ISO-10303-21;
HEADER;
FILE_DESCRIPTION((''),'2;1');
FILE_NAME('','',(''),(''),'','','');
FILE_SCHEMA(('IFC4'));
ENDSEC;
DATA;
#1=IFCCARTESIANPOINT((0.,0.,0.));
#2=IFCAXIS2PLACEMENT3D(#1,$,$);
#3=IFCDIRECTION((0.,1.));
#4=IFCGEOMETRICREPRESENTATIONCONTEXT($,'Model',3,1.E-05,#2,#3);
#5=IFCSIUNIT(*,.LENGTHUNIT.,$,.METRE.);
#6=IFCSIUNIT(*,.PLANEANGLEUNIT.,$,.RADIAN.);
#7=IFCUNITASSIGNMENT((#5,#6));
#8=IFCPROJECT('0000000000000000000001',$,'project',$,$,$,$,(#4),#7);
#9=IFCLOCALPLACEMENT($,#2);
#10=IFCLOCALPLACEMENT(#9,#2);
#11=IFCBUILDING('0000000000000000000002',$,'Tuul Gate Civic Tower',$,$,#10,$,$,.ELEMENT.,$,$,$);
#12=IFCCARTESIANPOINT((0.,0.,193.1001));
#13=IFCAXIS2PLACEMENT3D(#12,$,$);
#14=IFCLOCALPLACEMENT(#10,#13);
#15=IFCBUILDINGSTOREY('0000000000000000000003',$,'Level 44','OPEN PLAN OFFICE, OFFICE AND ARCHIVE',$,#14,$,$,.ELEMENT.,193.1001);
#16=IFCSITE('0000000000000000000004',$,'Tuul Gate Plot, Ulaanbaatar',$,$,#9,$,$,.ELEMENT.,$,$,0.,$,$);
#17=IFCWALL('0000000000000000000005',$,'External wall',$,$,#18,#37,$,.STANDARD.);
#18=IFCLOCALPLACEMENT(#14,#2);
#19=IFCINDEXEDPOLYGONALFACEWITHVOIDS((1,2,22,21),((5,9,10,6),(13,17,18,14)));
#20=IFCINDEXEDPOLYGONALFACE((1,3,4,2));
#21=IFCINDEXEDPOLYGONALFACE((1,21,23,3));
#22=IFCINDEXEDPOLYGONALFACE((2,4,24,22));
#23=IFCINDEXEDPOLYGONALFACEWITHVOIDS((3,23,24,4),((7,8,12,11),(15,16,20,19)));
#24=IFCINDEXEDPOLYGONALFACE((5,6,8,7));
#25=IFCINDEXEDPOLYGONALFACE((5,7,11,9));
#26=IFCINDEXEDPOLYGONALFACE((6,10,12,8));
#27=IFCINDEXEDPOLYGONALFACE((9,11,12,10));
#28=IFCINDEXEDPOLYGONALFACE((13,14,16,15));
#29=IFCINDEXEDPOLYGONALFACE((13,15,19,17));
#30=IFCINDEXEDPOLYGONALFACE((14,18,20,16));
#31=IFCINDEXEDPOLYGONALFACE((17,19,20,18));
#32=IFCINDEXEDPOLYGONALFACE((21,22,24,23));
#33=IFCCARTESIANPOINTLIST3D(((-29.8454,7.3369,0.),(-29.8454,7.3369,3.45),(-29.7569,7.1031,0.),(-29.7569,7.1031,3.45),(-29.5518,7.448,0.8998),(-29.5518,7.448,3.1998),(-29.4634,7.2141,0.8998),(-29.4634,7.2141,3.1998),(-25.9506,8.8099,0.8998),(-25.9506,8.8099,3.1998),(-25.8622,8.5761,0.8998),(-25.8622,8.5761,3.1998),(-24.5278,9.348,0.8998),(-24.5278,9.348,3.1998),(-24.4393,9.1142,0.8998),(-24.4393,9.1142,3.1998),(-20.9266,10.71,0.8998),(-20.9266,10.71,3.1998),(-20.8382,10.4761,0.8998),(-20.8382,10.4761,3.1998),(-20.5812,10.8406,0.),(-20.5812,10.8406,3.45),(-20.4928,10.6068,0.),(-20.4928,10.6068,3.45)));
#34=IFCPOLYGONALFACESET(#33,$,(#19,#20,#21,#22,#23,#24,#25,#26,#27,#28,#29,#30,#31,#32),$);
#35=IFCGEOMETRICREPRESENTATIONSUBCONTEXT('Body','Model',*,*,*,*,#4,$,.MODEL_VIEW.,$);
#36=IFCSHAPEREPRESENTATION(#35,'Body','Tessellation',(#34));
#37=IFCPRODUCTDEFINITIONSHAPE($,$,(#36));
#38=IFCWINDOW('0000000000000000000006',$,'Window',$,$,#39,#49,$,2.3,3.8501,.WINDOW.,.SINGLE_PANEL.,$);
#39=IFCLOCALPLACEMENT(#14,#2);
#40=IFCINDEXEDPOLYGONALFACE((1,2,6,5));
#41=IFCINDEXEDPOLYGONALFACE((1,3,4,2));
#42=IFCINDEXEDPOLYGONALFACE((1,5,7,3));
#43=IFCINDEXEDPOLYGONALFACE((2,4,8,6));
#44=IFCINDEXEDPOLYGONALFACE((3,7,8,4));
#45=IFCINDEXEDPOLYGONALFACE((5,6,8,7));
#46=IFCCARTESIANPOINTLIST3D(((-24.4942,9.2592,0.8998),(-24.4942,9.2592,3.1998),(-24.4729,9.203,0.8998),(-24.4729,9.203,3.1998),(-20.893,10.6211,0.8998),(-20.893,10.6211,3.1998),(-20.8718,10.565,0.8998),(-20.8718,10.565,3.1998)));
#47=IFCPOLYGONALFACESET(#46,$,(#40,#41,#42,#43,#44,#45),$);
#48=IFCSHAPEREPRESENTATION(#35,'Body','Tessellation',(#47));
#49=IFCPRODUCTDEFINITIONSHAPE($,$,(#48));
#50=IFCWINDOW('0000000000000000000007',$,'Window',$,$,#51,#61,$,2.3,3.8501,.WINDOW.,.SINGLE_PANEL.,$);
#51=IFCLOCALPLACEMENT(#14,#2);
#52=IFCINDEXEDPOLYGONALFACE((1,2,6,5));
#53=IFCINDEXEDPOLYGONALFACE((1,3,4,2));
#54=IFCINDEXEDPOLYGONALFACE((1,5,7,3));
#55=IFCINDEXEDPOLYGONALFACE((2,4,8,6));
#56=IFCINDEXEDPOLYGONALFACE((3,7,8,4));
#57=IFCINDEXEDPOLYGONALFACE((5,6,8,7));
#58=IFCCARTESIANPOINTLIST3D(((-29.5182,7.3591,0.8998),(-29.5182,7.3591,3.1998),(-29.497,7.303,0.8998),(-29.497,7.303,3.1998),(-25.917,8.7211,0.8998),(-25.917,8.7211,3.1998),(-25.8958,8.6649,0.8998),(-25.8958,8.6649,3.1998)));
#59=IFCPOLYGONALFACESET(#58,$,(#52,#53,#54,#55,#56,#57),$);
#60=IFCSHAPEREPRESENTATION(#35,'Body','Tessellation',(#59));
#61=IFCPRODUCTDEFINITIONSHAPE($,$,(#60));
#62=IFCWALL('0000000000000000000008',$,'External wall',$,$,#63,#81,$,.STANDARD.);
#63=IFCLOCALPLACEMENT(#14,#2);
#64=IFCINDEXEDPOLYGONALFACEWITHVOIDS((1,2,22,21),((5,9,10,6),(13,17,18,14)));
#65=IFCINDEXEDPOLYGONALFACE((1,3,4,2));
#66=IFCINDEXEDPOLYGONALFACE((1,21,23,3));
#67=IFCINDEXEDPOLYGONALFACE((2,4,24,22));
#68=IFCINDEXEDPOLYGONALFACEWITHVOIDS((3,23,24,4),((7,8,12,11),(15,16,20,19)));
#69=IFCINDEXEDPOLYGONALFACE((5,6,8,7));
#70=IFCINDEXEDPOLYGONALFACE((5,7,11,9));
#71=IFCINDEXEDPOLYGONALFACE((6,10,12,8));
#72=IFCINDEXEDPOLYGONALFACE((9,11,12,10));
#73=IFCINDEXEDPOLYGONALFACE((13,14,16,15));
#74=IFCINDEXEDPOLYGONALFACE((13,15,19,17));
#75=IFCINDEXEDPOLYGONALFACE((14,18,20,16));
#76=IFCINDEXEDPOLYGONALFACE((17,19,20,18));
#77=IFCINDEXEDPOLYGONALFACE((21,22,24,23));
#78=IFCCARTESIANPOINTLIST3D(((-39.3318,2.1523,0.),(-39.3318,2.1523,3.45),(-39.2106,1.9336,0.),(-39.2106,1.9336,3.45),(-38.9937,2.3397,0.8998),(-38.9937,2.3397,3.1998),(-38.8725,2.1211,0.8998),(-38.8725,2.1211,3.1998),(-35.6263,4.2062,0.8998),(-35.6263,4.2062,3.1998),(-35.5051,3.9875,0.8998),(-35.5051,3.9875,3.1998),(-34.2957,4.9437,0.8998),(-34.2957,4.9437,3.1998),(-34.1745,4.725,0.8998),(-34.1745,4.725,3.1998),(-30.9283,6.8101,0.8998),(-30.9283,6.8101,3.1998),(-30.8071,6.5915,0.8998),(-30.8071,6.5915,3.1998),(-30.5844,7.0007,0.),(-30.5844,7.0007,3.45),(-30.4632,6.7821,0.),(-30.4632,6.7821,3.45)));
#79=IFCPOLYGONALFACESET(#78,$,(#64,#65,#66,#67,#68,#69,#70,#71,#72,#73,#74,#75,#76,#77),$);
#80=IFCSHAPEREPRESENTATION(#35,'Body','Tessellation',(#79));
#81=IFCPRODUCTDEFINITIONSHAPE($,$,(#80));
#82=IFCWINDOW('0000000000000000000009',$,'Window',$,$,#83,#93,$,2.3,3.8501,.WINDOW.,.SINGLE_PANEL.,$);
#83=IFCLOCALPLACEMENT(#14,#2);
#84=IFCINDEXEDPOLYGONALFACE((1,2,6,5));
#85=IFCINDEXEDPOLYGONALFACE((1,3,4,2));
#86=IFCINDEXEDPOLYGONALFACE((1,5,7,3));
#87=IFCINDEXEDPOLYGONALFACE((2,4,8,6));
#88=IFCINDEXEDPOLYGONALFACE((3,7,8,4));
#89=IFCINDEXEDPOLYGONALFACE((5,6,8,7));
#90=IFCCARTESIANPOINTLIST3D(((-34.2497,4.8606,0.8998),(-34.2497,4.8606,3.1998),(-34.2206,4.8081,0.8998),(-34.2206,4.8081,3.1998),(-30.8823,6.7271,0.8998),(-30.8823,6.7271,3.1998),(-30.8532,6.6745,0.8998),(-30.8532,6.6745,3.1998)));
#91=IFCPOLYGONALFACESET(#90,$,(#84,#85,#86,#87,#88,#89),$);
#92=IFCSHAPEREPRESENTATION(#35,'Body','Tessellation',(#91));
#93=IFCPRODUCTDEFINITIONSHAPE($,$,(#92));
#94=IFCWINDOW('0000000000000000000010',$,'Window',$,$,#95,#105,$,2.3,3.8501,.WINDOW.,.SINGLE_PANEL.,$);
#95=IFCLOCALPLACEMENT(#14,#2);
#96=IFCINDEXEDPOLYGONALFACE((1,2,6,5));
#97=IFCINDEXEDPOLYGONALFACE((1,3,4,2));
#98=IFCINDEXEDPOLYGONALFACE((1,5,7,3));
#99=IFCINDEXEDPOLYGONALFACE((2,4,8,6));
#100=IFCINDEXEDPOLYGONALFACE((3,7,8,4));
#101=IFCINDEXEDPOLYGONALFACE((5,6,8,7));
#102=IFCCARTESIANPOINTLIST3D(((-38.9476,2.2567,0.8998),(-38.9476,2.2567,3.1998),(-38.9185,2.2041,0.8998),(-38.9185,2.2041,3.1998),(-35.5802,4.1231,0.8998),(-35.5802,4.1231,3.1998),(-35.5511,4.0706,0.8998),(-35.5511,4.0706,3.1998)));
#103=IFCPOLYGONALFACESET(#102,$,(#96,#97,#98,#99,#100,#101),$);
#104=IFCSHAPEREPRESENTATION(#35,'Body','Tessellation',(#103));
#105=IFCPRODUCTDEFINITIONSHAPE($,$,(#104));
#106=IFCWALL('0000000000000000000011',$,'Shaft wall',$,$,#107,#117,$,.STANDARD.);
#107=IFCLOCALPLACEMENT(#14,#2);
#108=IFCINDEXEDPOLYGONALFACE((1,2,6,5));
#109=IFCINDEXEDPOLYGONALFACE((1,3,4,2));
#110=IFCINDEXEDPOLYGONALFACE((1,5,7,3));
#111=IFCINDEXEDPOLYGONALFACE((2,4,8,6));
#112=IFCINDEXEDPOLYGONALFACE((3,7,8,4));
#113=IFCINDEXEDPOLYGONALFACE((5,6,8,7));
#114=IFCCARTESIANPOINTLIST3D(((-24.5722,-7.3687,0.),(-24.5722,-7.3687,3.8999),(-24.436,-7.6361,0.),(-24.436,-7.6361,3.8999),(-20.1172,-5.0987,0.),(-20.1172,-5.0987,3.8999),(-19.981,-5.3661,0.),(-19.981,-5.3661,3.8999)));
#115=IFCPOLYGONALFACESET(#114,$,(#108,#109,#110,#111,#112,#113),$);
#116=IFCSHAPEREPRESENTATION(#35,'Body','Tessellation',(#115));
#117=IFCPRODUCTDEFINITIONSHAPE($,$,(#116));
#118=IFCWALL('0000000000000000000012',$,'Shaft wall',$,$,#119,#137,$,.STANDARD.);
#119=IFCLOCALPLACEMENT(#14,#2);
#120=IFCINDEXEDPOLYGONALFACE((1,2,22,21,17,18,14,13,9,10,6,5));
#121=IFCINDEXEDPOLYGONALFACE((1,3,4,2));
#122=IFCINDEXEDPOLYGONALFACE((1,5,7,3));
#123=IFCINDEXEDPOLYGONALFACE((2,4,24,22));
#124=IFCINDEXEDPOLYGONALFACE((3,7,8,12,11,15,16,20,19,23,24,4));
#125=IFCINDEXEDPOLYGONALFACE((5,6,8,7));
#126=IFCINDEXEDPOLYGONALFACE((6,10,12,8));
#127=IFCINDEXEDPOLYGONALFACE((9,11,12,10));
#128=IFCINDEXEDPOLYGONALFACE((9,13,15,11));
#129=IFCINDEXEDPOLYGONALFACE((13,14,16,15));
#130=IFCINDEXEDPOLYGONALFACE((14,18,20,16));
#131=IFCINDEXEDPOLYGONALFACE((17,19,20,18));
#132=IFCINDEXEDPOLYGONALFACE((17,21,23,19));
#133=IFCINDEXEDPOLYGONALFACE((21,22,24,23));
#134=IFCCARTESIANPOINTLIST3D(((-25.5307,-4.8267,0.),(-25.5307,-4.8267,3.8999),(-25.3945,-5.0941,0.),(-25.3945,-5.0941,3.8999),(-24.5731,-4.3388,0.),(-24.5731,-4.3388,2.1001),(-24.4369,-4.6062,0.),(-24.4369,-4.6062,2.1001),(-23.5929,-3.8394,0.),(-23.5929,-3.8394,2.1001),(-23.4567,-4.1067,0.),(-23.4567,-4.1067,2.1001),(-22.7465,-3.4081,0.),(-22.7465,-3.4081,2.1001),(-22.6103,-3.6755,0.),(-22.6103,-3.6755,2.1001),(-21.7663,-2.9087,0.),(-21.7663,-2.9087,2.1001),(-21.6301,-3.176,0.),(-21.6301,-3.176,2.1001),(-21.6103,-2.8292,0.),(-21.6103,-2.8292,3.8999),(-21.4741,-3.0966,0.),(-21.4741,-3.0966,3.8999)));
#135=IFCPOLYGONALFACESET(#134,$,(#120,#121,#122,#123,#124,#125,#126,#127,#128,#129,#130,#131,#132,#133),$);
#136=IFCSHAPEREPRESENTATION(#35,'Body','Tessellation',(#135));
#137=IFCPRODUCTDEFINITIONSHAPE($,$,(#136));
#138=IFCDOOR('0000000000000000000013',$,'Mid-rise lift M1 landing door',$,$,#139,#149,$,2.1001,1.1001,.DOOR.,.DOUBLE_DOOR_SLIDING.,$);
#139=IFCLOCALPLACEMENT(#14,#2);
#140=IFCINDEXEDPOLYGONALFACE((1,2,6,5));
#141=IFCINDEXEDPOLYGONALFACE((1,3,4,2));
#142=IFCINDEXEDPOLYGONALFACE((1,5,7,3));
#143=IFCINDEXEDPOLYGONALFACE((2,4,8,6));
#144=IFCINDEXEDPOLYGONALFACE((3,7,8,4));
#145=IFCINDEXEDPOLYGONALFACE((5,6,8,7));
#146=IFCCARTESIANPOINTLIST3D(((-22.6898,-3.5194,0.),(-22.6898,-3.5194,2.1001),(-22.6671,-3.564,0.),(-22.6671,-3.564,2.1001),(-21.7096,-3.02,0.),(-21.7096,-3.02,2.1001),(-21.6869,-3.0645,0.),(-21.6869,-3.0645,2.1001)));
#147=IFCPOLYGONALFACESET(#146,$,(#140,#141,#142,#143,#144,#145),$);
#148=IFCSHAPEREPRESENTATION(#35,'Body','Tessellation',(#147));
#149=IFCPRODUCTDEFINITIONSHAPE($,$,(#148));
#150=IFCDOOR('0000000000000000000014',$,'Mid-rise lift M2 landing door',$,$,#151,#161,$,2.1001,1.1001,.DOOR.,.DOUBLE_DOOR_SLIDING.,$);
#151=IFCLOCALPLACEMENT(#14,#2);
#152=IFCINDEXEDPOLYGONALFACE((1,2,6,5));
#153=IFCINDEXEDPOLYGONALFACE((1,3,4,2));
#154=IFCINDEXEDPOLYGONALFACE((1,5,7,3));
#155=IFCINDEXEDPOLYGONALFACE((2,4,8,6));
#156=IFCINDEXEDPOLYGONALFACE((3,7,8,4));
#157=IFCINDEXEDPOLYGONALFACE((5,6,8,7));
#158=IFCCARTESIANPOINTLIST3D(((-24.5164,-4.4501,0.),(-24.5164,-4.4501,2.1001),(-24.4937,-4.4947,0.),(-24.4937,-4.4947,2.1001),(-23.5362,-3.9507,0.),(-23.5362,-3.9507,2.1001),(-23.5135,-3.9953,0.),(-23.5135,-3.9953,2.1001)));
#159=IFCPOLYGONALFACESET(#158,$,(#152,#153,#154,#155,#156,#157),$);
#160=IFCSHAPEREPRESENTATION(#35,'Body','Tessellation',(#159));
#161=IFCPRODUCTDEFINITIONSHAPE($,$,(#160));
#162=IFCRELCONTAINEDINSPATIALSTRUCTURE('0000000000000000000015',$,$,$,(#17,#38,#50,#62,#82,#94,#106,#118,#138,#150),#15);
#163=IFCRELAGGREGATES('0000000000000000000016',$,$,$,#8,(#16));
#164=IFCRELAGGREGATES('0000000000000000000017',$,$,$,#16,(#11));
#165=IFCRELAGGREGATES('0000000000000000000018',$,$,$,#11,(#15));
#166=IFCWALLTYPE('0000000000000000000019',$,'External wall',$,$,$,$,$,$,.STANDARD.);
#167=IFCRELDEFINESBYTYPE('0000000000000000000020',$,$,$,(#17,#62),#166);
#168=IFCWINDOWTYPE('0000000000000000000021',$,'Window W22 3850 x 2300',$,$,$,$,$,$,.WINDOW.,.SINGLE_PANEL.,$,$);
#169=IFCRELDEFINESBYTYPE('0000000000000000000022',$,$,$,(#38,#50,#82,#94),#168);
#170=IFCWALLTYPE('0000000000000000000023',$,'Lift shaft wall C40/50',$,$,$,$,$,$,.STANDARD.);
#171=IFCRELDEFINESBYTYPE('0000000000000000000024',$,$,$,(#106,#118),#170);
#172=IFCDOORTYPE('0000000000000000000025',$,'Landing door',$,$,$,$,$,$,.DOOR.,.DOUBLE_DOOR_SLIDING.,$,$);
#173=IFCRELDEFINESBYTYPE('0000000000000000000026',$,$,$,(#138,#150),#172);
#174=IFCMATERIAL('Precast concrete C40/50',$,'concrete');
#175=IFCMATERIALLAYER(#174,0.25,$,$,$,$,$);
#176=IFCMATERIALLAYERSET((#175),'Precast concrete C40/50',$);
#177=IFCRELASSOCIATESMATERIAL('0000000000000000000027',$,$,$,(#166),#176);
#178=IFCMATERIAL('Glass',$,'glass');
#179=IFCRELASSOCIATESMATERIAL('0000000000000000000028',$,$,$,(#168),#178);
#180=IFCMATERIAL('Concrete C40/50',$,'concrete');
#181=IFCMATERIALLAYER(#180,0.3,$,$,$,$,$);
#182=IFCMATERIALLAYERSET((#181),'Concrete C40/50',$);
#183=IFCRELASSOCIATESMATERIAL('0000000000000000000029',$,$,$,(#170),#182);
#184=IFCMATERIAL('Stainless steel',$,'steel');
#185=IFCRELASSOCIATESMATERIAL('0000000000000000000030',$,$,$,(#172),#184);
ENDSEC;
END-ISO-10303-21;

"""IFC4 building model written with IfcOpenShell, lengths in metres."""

from ifc_helpers import new_model, si_unit, direction, frame, frame_2d, origin, place, context, subcontext, project, spatial, rectangle, extrude, material, layer, layer_set, type_object, element, fill, save


model = new_model("IFC4")

# Units and contexts
model_context = context("Model", 3, precision=1e-05, world=origin(), true_north=direction((0.0, 1.0)))
body_context = subcontext(model_context, "Body", "Model", "MODEL_VIEW")
ifc_project = project(units=[si_unit("LENGTHUNIT", "METRE"), si_unit("PLANEANGLEUNIT", "RADIAN")], contexts=[model_context])

# Site, building, storey
site_placement = place(None, origin())
site = spatial("IfcSite", under=ifc_project, at=site_placement, Name="Tuul Gate Plot, Ulaanbaatar", CompositionType="ELEMENT", RefElevation=0.0)
building_placement = place(site_placement, origin())
building = spatial("IfcBuilding", under=site, at=building_placement, Name="Tuul Gate Civic Tower", CompositionType="ELEMENT")
storey_placement = place(building_placement, frame((0.0, 0.0, 193.1001)))
storey = spatial("IfcBuildingStorey", under=building, at=storey_placement, Name="Level 44", Description="OPEN PLAN OFFICE, OFFICE AND ARCHIVE", CompositionType="ELEMENT", Elevation=193.1001)

# Walls, openings, windows
ifc_material_1 = material(Name="Precast concrete C40/50", Category="concrete")
ifc_layer_1 = layer(ifc_material_1, 0.25)
ifc_layer_set_1 = layer_set([ifc_layer_1], Name="Precast concrete C40/50")
wall_type_1 = type_object("IfcWallType", Name="External wall", PredefinedType="STANDARD", material=ifc_layer_set_1)
wall_1_placement = place(storey_placement, frame((-20.5371, 10.7236, 0.0), z_axis=(0.0, 0.0, 1.0), x_axis=(-0.935343, -0.353742, 0.0)))
wall_1 = element("IfcWall", 1, at=wall_1_placement, inside=storey, type_object=wall_type_1, Name="External wall", PredefinedType="STANDARD", context=body_context, shape_type="SweptSolid", body=[
    extrude(rectangle(XDim=9.9045, YDim=0.25, at=frame_2d((4.9521, 0.0))), origin(), (0.0, 0.0, 1.0), 3.45),
])
opening_1_placement = place(wall_1_placement, frame((0.3691, 0.0, 0.8999)))
opening_1 = element("IfcOpeningElement", 2, at=opening_1_placement, cuts=wall_1, PredefinedType="OPENING", context=body_context, shape_type="SweptSolid", body=[
    extrude(rectangle(XDim=3.8501, YDim=2.3, at=frame_2d((1.925, 1.1499))), frame((0.0, 0.135, 0.0), z_axis=(0.0, -1.0, 0.0), x_axis=(1.0, 0.0, 0.0)), (0.0, 0.0, 1.0), 0.27),
])
opening_2_placement = place(wall_1_placement, frame((5.7405, 0.0, 0.8999)))
opening_2 = element("IfcOpeningElement", 3, at=opening_2_placement, cuts=wall_1, PredefinedType="OPENING", context=body_context, shape_type="SweptSolid", body=[
    extrude(rectangle(XDim=3.8501, YDim=2.3, at=frame_2d((1.925, 1.1499))), frame((0.0, 0.135, 0.0), z_axis=(0.0, -1.0, 0.0), x_axis=(1.0, 0.0, 0.0)), (0.0, 0.0, 1.0), 0.27),
])
ifc_material_2 = material(Name="Glass", Category="glass")
window_type = type_object("IfcWindowType", Name="Window W22 3850 x 2300", PartitioningType="SINGLE_PANEL", PredefinedType="WINDOW", material=ifc_material_2)
window_1_placement = place(opening_1_placement, origin())
window_1 = element("IfcWindow", 4, at=window_1_placement, inside=storey, type_object=window_type, Name="Window", OverallHeight=2.3, OverallWidth=3.8501, PartitioningType="SINGLE_PANEL", PredefinedType="WINDOW", context=body_context, shape_type="SweptSolid", body=[
    extrude(rectangle(XDim=3.8501, YDim=2.3, at=frame_2d((1.925, 1.1499))), frame((0.0, 0.03, 0.0), z_axis=(0.0, -1.0, 0.0), x_axis=(1.0, 0.0, 0.0)), (0.0, 0.0, 1.0), 0.0601),
])
fill(opening_1, window_1)
window_2_placement = place(opening_2_placement, origin())
window_2 = element("IfcWindow", 5, at=window_2_placement, inside=storey, type_object=window_type, Name="Window", OverallHeight=2.3, OverallWidth=3.8501, PartitioningType="SINGLE_PANEL", PredefinedType="WINDOW", context=body_context, shape_type="SweptSolid", body=[
    extrude(rectangle(XDim=3.8501, YDim=2.3, at=frame_2d((1.925, 1.1499))), frame((0.0, 0.03, 0.0), z_axis=(0.0, -1.0, 0.0), x_axis=(1.0, 0.0, 0.0)), (0.0, 0.0, 1.0), 0.0601),
])
fill(opening_2, window_2)
wall_2_placement = place(storey_placement, frame((-30.5239, 6.8914, 0.0), z_axis=(0.0, 0.0, 1.0), x_axis=(-0.874634, -0.484785, 0.0)))
wall_2 = element("IfcWall", 6, at=wall_2_placement, inside=storey, type_object=wall_type_1, Name="External wall", PredefinedType="STANDARD", context=body_context, shape_type="SweptSolid", body=[
    extrude(rectangle(XDim=10.0012, YDim=0.25, at=frame_2d((5.0005, 0.0))), origin(), (0.0, 0.0, 1.0), 3.45),
])
opening_3_placement = place(wall_2_placement, frame((0.3931, 0.0, 0.8999)))
opening_3 = element("IfcOpeningElement", 7, at=opening_3_placement, cuts=wall_2, PredefinedType="OPENING", context=body_context, shape_type="SweptSolid", body=[
    extrude(rectangle(XDim=3.8501, YDim=2.3, at=frame_2d((1.925, 1.1499))), frame((0.0, 0.135, 0.0), z_axis=(0.0, -1.0, 0.0), x_axis=(1.0, 0.0, 0.0)), (0.0, 0.0, 1.0), 0.27),
])
opening_4_placement = place(wall_2_placement, frame((5.7644, 0.0, 0.8999)))
opening_4 = element("IfcOpeningElement", 8, at=opening_4_placement, cuts=wall_2, PredefinedType="OPENING", context=body_context, shape_type="SweptSolid", body=[
    extrude(rectangle(XDim=3.8501, YDim=2.3, at=frame_2d((1.925, 1.1499))), frame((0.0, 0.135, 0.0), z_axis=(0.0, -1.0, 0.0), x_axis=(1.0, 0.0, 0.0)), (0.0, 0.0, 1.0), 0.27),
])
window_3_placement = place(opening_3_placement, origin())
window_3 = element("IfcWindow", 9, at=window_3_placement, inside=storey, type_object=window_type, Name="Window", OverallHeight=2.3, OverallWidth=3.8501, PartitioningType="SINGLE_PANEL", PredefinedType="WINDOW", context=body_context, shape_type="SweptSolid", body=[
    extrude(rectangle(XDim=3.8501, YDim=2.3, at=frame_2d((1.925, 1.1499))), frame((0.0, 0.03, 0.0), z_axis=(0.0, -1.0, 0.0), x_axis=(1.0, 0.0, 0.0)), (0.0, 0.0, 1.0), 0.0601),
])
fill(opening_3, window_3)
window_4_placement = place(opening_4_placement, origin())
window_4 = element("IfcWindow", 10, at=window_4_placement, inside=storey, type_object=window_type, Name="Window", OverallHeight=2.3, OverallWidth=3.8501, PartitioningType="SINGLE_PANEL", PredefinedType="WINDOW", context=body_context, shape_type="SweptSolid", body=[
    extrude(rectangle(XDim=3.8501, YDim=2.3, at=frame_2d((1.925, 1.1499))), frame((0.0, 0.03, 0.0), z_axis=(0.0, -1.0, 0.0), x_axis=(1.0, 0.0, 0.0)), (0.0, 0.0, 1.0), 0.0601),
])
fill(opening_4, window_4)

# Wall
ifc_material_3 = material(Name="Concrete C40/50", Category="concrete")
ifc_layer_2 = layer(ifc_material_3, 0.3)
ifc_layer_set_2 = layer_set([ifc_layer_2], Name="Concrete C40/50")
wall_type_2 = type_object("IfcWallType", Name="Lift shaft wall C40/50", PredefinedType="STANDARD", material=ifc_layer_set_2)
wall_3_placement = place(storey_placement, frame((-20.0491, -5.2324, 0.0), z_axis=(0.0, 0.0, 1.0), x_axis=(-0.891003, -0.453997, 0.0)))
element("IfcWall", 11, at=wall_3_placement, inside=storey, type_object=wall_type_2, Name="Shaft wall", PredefinedType="STANDARD", context=body_context, shape_type="SweptSolid", body=[
    extrude(rectangle(XDim=5.0, YDim=0.3, at=frame_2d((2.5, 0.0))), origin(), (0.0, 0.0, 1.0), 3.8999),
])

# Wall, openings, doors
wall_4_placement = place(storey_placement, frame((-21.5422, -2.9629, 0.0), z_axis=(0.0, 0.0, 1.0), x_axis=(-0.891006, -0.453992, 0.0)))
wall_4 = element("IfcWall", 12, at=wall_4_placement, inside=storey, type_object=wall_type_2, Name="Shaft wall", PredefinedType="STANDARD", context=body_context, shape_type="SweptSolid", body=[
    extrude(rectangle(XDim=4.3999, YDim=0.3, at=frame_2d((2.2, 0.0))), origin(), (0.0, 0.0, 1.0), 3.8999),
])
opening_5_placement = place(wall_4_placement, frame((0.175, 0.0, 0.0)))
opening_5 = element("IfcOpeningElement", 13, at=opening_5_placement, cuts=wall_4, PredefinedType="OPENING", context=body_context, shape_type="SweptSolid", body=[
    extrude(rectangle(XDim=1.1001, YDim=2.1001, at=frame_2d((0.55, 1.05))), frame((0.0, 0.1602, 0.0), z_axis=(0.0, -1.0, 0.0), x_axis=(1.0, 0.0, 0.0)), (0.0, 0.0, 1.0), 0.3201),
])
opening_6_placement = place(wall_4_placement, frame((2.2251, 0.0, 0.0)))
opening_6 = element("IfcOpeningElement", 14, at=opening_6_placement, cuts=wall_4, PredefinedType="OPENING", context=body_context, shape_type="SweptSolid", body=[
    extrude(rectangle(XDim=1.1001, YDim=2.1001, at=frame_2d((0.55, 1.05))), frame((0.0, 0.1602, 0.0), z_axis=(0.0, -1.0, 0.0), x_axis=(1.0, 0.0, 0.0)), (0.0, 0.0, 1.0), 0.3201),
])
ifc_material_4 = material(Name="Stainless steel", Category="steel")
door_type_1 = type_object("IfcDoorType", Name="Landing door", OperationType="DOUBLE_DOOR_SLIDING", PredefinedType="DOOR", material=ifc_material_4)
door_1_placement = place(opening_5_placement, origin())
door_1 = element("IfcDoor", 15, at=door_1_placement, inside=storey, type_object=door_type_1, Name="Mid-rise lift M1 landing door", OperationType="DOUBLE_DOOR_SLIDING", OverallHeight=2.1001, OverallWidth=1.1001, PredefinedType="DOOR", context=body_context, shape_type="SweptSolid", body=[
    extrude(rectangle(XDim=1.1001, YDim=2.1001, at=frame_2d((0.55, 1.05))), frame((0.0, 0.0249, 0.0), z_axis=(0.0, -1.0, 0.0), x_axis=(1.0, 0.0, 0.0)), (0.0, 0.0, 1.0), 0.05),
])
fill(opening_5, door_1)
door_2_placement = place(opening_6_placement, origin())
door_2 = element("IfcDoor", 16, at=door_2_placement, inside=storey, type_object=door_type_1, Name="Mid-rise lift M2 landing door", OperationType="DOUBLE_DOOR_SLIDING", OverallHeight=2.1001, OverallWidth=1.1001, PredefinedType="DOOR", context=body_context, shape_type="SweptSolid", body=[
    extrude(rectangle(XDim=1.1001, YDim=2.1001, at=frame_2d((0.55, 1.05))), frame((0.0, 0.0249, 0.0), z_axis=(0.0, -1.0, 0.0), x_axis=(1.0, 0.0, 0.0)), (0.0, 0.0, 1.0), 0.05),
])
fill(opening_6, door_2)

save(model, "model.ifc")
